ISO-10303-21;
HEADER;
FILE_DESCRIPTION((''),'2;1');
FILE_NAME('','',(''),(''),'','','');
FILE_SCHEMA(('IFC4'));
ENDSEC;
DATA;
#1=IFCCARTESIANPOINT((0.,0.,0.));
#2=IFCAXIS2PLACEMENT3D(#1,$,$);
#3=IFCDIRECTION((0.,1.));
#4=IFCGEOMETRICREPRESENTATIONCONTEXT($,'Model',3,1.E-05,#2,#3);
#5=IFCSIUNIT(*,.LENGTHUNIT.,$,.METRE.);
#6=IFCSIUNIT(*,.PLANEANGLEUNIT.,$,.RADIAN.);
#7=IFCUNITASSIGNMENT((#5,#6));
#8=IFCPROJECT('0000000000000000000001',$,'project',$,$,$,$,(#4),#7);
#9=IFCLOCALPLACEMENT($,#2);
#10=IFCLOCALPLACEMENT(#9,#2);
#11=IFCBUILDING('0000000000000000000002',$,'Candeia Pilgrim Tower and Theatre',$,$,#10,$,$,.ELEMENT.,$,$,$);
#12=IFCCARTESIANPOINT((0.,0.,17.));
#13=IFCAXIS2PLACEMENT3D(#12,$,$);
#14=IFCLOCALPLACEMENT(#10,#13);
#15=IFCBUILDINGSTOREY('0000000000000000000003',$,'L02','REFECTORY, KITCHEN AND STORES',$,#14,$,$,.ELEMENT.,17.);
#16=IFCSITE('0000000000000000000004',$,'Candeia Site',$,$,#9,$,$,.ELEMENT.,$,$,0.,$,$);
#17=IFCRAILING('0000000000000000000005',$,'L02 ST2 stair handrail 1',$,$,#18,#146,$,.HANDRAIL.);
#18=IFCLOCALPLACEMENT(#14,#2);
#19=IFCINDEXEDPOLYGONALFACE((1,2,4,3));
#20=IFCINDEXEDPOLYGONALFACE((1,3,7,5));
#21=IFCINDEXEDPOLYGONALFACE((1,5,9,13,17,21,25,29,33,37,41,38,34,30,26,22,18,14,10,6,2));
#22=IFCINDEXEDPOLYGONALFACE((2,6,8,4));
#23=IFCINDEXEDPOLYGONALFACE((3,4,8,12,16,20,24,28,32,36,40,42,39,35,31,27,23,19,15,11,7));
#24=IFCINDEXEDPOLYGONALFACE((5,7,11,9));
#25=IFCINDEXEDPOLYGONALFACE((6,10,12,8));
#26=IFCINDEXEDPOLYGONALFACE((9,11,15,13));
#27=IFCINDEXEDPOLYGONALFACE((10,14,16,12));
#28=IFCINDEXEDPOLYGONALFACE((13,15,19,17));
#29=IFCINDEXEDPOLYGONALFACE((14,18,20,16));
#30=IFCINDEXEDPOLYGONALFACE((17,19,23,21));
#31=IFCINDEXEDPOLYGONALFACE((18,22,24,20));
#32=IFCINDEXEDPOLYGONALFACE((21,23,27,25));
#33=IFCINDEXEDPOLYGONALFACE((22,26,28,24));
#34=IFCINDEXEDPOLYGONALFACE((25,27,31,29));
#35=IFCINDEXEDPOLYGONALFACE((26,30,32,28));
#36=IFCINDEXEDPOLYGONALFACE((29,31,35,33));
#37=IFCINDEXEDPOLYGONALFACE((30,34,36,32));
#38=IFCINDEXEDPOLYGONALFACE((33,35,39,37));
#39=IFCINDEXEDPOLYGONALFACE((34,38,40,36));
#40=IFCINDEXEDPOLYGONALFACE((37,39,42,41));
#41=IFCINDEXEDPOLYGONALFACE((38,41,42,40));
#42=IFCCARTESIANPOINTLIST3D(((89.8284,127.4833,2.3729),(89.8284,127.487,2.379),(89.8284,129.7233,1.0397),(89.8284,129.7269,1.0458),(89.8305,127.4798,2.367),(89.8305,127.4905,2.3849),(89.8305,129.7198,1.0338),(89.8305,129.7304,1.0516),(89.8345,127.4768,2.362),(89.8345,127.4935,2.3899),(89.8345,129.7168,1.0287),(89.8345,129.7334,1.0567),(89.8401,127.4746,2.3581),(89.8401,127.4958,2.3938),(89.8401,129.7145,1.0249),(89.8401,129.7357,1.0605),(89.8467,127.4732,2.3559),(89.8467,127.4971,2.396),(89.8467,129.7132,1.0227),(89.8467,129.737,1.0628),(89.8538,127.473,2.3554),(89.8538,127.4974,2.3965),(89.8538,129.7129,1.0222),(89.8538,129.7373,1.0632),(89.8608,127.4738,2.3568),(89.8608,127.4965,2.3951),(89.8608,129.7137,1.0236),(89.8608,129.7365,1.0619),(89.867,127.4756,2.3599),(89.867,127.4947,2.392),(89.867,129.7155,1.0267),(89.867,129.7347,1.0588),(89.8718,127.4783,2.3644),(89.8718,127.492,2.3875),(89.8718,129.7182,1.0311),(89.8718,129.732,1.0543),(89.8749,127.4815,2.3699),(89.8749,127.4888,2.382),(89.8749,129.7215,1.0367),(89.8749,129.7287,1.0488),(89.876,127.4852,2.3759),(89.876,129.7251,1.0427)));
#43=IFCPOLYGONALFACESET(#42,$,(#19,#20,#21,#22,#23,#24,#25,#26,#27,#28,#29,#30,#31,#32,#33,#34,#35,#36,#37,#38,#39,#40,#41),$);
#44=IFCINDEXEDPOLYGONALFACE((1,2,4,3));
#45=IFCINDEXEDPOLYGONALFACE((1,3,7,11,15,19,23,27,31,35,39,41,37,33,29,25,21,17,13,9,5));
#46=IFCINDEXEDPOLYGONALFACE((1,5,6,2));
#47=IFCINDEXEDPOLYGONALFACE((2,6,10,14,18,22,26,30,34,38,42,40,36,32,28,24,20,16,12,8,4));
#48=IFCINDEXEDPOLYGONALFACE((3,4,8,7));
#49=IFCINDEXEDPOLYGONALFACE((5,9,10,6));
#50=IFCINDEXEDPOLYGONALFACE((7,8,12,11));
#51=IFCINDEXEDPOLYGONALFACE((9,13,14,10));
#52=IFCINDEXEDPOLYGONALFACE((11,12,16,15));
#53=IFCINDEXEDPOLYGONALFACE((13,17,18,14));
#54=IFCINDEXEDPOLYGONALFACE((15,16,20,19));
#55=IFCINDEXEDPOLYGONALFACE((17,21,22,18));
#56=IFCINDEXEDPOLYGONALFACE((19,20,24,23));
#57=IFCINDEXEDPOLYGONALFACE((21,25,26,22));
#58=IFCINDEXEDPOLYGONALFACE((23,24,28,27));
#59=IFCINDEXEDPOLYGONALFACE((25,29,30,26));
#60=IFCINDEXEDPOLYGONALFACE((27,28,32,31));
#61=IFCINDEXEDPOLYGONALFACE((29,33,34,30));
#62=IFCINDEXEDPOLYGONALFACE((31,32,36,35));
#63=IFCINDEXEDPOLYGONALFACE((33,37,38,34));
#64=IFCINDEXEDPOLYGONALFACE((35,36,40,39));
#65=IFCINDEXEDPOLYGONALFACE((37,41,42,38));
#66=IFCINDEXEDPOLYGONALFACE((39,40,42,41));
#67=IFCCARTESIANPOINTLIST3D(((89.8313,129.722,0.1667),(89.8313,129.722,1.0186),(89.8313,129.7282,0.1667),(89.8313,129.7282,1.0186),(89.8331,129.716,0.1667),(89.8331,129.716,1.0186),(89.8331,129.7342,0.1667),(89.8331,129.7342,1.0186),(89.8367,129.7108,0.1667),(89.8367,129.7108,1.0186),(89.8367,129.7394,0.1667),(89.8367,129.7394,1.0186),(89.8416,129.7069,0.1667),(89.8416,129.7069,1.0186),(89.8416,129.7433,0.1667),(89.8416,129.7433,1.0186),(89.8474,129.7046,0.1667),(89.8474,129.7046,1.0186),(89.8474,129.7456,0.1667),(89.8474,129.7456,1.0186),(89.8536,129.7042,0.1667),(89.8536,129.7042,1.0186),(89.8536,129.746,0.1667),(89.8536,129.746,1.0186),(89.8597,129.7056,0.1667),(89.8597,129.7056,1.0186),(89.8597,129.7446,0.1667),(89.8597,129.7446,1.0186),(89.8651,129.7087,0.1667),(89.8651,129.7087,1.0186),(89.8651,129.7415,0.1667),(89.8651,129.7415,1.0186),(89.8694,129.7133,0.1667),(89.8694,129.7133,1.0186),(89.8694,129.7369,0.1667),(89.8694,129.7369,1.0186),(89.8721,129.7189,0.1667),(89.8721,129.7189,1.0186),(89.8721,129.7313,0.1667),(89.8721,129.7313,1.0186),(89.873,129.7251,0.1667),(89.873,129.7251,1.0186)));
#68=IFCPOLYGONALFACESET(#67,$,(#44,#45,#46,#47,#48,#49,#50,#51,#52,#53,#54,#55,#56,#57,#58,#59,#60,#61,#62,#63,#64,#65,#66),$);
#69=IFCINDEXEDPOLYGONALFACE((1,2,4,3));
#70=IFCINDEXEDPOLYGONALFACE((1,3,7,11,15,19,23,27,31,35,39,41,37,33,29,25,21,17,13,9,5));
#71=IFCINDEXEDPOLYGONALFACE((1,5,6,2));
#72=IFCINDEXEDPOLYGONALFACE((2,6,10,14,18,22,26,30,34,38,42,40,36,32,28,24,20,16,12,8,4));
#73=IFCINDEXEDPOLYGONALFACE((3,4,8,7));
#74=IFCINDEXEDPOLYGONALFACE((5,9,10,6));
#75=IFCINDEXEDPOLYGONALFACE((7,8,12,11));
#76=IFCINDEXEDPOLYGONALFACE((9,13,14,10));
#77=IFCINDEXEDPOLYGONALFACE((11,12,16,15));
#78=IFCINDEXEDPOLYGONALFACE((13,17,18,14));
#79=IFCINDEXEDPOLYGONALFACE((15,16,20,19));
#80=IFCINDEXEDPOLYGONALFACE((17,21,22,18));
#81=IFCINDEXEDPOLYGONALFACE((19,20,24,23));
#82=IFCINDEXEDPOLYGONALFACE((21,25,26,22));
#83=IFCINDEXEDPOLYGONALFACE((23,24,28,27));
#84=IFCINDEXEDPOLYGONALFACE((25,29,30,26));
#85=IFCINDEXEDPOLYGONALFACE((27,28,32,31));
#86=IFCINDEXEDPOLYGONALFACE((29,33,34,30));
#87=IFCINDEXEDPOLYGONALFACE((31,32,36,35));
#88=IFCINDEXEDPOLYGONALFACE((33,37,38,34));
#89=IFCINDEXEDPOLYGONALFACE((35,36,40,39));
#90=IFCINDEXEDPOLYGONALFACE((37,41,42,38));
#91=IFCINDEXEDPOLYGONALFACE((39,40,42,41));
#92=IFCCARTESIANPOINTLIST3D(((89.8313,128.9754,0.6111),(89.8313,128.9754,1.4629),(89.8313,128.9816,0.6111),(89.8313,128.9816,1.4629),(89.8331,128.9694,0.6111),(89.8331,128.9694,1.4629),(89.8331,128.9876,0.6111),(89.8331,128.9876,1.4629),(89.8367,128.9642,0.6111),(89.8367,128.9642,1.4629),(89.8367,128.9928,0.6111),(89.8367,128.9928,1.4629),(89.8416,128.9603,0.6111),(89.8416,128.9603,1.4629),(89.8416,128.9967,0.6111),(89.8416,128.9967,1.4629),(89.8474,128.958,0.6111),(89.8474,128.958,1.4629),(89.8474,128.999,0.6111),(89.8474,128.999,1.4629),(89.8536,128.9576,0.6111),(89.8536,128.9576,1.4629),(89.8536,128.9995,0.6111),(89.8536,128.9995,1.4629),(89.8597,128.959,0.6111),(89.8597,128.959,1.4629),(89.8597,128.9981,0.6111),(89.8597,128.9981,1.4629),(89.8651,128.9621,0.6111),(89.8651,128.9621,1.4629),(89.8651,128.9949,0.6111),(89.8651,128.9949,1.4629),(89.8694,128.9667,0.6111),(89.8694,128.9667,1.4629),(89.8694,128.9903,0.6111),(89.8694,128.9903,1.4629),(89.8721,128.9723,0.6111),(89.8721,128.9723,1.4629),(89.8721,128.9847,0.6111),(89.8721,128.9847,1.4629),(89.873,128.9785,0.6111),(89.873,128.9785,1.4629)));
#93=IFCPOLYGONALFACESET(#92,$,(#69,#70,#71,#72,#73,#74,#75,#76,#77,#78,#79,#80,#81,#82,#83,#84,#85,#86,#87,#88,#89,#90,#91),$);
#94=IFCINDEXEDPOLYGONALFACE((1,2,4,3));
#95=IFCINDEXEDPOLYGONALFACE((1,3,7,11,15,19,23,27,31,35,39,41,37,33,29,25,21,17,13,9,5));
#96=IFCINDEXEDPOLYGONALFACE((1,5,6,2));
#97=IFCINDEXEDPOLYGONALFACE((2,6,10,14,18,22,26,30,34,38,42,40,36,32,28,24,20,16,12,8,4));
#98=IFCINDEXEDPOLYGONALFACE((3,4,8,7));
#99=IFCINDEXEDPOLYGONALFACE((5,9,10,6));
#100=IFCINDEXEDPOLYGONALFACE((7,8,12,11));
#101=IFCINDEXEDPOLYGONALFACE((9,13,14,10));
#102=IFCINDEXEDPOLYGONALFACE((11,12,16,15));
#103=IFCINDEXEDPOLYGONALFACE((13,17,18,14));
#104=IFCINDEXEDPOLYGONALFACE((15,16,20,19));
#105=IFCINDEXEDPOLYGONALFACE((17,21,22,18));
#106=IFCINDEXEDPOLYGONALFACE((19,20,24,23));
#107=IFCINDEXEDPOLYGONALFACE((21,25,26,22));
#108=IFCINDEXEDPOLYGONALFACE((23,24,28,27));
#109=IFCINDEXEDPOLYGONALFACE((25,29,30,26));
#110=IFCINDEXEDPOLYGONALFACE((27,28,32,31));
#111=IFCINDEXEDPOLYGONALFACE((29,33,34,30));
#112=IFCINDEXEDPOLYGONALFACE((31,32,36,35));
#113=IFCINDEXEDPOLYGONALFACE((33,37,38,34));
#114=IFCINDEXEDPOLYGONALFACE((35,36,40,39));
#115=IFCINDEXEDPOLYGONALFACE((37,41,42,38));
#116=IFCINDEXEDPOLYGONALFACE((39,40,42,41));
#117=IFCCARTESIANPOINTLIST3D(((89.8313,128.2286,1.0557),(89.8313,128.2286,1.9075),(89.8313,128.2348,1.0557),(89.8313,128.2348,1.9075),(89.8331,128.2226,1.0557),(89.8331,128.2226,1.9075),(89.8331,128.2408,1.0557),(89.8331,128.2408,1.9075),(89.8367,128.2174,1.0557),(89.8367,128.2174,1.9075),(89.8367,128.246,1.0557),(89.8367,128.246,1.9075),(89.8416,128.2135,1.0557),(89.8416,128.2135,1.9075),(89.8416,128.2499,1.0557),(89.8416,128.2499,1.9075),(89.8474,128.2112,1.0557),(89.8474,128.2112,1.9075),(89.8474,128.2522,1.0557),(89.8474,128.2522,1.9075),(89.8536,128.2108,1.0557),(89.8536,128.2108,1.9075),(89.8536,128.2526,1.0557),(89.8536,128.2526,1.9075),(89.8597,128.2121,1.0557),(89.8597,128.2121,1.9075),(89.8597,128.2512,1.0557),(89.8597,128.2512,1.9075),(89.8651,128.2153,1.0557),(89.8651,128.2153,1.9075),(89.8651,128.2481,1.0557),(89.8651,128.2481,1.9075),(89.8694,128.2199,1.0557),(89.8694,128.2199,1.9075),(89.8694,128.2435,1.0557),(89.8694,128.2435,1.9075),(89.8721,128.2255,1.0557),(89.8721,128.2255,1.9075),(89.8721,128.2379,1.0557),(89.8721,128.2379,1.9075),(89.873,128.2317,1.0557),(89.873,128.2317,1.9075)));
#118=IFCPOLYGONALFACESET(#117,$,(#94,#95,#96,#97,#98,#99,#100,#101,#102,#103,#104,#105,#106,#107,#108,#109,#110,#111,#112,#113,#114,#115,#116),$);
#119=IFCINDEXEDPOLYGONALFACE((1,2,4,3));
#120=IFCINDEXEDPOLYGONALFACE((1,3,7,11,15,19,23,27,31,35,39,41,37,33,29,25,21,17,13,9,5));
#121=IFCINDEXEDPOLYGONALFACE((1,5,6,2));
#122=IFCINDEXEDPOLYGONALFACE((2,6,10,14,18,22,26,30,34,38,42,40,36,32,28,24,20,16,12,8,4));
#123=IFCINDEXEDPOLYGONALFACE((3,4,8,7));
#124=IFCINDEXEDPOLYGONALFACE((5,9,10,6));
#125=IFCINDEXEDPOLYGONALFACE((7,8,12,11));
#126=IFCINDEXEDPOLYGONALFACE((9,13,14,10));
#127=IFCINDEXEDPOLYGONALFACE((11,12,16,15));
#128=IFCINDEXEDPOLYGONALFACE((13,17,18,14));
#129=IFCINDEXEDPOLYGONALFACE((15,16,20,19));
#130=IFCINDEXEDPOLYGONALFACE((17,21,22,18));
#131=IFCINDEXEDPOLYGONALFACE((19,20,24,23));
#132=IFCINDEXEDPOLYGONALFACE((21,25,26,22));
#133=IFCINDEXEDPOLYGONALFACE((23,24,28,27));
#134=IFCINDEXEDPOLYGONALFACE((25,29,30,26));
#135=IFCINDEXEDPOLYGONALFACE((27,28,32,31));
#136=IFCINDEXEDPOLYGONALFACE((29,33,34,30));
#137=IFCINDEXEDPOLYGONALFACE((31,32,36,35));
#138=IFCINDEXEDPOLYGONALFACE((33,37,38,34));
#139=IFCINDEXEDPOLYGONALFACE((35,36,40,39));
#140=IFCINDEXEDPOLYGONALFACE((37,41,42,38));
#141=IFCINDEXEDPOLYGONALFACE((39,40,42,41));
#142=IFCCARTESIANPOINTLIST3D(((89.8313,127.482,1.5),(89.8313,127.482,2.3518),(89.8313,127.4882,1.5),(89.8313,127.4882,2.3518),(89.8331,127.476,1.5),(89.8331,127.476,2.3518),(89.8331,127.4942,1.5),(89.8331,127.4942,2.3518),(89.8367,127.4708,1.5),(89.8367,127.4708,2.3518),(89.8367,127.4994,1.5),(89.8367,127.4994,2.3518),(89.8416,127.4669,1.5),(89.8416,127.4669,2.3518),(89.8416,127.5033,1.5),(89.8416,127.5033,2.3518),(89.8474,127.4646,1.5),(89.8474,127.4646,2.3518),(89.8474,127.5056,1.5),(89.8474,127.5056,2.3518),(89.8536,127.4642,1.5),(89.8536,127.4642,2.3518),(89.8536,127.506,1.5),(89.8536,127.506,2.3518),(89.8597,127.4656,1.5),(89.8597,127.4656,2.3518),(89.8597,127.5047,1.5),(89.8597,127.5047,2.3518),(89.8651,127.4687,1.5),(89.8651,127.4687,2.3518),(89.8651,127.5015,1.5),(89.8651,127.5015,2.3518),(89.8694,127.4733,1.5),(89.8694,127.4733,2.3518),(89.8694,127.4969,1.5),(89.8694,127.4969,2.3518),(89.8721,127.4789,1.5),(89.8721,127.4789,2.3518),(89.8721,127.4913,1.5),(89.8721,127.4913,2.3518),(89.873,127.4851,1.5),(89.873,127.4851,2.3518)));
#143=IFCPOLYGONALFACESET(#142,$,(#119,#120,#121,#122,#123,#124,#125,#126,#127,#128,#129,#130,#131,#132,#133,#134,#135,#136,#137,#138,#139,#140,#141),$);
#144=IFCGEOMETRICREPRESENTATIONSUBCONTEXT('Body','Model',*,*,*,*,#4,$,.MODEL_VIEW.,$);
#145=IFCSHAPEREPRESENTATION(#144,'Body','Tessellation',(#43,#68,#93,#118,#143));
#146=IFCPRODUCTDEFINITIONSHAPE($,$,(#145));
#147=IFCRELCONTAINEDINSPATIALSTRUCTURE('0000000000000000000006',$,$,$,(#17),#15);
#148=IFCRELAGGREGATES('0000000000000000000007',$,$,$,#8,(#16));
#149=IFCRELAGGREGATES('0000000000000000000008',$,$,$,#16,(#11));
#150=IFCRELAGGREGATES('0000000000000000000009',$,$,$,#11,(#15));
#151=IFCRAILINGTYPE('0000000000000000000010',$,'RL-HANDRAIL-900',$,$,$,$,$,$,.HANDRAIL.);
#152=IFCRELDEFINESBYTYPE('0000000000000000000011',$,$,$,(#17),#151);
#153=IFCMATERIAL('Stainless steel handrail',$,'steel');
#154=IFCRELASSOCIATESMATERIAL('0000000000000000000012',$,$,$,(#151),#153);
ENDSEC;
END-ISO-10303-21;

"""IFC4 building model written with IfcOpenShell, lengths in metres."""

from ifc_helpers import new_model, si_unit, direction, frame, origin, origin_2d, place, context, subcontext, project, spatial, circle, extrude, material, type_object, element, save


model = new_model("IFC4")

# Units and contexts
model_context = context("Model", 3, precision=1e-05, world=origin(), true_north=direction((0.0, 1.0)))
body_context = subcontext(model_context, "Body", "Model", "MODEL_VIEW")
ifc_project = project(units=[si_unit("LENGTHUNIT", "METRE"), si_unit("PLANEANGLEUNIT", "RADIAN")], contexts=[model_context])

# Site, building, storey
site_placement = place(None, origin())
site = spatial("IfcSite", under=ifc_project, at=site_placement, Name="Candeia Site", CompositionType="ELEMENT", RefElevation=0.0)
building_placement = place(site_placement, origin())
building = spatial("IfcBuilding", under=site, at=building_placement, Name="Candeia Pilgrim Tower and Theatre", CompositionType="ELEMENT")
storey_placement = place(building_placement, frame((0.0, 0.0, 17.0)))
storey = spatial("IfcBuildingStorey", under=building, at=storey_placement, Name="L02", Description="REFECTORY, KITCHEN AND STORES", CompositionType="ELEMENT", Elevation=17.0)

# Railing
ifc_material_1 = material(Name="Stainless steel handrail", Category="steel")
railing_type_1 = type_object("IfcRailingType", Name="RL-HANDRAIL-900", PredefinedType="HANDRAIL", material=ifc_material_1)
for number, where, name in (
    (1, (89.8521, 129.7251, 0.1667), "L02 ST2 stair handrail 1"),
):
    element("IfcRailing", number, at=place(storey_placement, frame(where)), inside=storey, type_object=railing_type_1, Name=name, PredefinedType="HANDRAIL", context=body_context, shape_type="SweptSolid", body=[
        extrude(circle(Radius=0.0239, at=origin_2d()), frame((0.0, 0.0, 0.876), z_axis=(0.0, -0.859306, 0.511462), x_axis=(1.0, 0.0, 0.0)), (0.0, 0.0, 1.0), 2.6067),
        extrude(circle(Radius=0.021, at=origin_2d()), origin(), (0.0, 0.0, 1.0), 0.8518),
        extrude(circle(Radius=0.021, at=origin_2d()), frame((0.0, -0.7466, 0.4443)), (0.0, 0.0, 1.0), 0.8518),
        extrude(circle(Radius=0.021, at=origin_2d()), frame((0.0, -1.4934, 0.8889)), (0.0, 0.0, 1.0), 0.8518),
        extrude(circle(Radius=0.021, at=origin_2d()), frame((0.0, -2.24, 1.3333)), (0.0, 0.0, 1.0), 0.8518),
    ])

save(model, "model.ifc")
